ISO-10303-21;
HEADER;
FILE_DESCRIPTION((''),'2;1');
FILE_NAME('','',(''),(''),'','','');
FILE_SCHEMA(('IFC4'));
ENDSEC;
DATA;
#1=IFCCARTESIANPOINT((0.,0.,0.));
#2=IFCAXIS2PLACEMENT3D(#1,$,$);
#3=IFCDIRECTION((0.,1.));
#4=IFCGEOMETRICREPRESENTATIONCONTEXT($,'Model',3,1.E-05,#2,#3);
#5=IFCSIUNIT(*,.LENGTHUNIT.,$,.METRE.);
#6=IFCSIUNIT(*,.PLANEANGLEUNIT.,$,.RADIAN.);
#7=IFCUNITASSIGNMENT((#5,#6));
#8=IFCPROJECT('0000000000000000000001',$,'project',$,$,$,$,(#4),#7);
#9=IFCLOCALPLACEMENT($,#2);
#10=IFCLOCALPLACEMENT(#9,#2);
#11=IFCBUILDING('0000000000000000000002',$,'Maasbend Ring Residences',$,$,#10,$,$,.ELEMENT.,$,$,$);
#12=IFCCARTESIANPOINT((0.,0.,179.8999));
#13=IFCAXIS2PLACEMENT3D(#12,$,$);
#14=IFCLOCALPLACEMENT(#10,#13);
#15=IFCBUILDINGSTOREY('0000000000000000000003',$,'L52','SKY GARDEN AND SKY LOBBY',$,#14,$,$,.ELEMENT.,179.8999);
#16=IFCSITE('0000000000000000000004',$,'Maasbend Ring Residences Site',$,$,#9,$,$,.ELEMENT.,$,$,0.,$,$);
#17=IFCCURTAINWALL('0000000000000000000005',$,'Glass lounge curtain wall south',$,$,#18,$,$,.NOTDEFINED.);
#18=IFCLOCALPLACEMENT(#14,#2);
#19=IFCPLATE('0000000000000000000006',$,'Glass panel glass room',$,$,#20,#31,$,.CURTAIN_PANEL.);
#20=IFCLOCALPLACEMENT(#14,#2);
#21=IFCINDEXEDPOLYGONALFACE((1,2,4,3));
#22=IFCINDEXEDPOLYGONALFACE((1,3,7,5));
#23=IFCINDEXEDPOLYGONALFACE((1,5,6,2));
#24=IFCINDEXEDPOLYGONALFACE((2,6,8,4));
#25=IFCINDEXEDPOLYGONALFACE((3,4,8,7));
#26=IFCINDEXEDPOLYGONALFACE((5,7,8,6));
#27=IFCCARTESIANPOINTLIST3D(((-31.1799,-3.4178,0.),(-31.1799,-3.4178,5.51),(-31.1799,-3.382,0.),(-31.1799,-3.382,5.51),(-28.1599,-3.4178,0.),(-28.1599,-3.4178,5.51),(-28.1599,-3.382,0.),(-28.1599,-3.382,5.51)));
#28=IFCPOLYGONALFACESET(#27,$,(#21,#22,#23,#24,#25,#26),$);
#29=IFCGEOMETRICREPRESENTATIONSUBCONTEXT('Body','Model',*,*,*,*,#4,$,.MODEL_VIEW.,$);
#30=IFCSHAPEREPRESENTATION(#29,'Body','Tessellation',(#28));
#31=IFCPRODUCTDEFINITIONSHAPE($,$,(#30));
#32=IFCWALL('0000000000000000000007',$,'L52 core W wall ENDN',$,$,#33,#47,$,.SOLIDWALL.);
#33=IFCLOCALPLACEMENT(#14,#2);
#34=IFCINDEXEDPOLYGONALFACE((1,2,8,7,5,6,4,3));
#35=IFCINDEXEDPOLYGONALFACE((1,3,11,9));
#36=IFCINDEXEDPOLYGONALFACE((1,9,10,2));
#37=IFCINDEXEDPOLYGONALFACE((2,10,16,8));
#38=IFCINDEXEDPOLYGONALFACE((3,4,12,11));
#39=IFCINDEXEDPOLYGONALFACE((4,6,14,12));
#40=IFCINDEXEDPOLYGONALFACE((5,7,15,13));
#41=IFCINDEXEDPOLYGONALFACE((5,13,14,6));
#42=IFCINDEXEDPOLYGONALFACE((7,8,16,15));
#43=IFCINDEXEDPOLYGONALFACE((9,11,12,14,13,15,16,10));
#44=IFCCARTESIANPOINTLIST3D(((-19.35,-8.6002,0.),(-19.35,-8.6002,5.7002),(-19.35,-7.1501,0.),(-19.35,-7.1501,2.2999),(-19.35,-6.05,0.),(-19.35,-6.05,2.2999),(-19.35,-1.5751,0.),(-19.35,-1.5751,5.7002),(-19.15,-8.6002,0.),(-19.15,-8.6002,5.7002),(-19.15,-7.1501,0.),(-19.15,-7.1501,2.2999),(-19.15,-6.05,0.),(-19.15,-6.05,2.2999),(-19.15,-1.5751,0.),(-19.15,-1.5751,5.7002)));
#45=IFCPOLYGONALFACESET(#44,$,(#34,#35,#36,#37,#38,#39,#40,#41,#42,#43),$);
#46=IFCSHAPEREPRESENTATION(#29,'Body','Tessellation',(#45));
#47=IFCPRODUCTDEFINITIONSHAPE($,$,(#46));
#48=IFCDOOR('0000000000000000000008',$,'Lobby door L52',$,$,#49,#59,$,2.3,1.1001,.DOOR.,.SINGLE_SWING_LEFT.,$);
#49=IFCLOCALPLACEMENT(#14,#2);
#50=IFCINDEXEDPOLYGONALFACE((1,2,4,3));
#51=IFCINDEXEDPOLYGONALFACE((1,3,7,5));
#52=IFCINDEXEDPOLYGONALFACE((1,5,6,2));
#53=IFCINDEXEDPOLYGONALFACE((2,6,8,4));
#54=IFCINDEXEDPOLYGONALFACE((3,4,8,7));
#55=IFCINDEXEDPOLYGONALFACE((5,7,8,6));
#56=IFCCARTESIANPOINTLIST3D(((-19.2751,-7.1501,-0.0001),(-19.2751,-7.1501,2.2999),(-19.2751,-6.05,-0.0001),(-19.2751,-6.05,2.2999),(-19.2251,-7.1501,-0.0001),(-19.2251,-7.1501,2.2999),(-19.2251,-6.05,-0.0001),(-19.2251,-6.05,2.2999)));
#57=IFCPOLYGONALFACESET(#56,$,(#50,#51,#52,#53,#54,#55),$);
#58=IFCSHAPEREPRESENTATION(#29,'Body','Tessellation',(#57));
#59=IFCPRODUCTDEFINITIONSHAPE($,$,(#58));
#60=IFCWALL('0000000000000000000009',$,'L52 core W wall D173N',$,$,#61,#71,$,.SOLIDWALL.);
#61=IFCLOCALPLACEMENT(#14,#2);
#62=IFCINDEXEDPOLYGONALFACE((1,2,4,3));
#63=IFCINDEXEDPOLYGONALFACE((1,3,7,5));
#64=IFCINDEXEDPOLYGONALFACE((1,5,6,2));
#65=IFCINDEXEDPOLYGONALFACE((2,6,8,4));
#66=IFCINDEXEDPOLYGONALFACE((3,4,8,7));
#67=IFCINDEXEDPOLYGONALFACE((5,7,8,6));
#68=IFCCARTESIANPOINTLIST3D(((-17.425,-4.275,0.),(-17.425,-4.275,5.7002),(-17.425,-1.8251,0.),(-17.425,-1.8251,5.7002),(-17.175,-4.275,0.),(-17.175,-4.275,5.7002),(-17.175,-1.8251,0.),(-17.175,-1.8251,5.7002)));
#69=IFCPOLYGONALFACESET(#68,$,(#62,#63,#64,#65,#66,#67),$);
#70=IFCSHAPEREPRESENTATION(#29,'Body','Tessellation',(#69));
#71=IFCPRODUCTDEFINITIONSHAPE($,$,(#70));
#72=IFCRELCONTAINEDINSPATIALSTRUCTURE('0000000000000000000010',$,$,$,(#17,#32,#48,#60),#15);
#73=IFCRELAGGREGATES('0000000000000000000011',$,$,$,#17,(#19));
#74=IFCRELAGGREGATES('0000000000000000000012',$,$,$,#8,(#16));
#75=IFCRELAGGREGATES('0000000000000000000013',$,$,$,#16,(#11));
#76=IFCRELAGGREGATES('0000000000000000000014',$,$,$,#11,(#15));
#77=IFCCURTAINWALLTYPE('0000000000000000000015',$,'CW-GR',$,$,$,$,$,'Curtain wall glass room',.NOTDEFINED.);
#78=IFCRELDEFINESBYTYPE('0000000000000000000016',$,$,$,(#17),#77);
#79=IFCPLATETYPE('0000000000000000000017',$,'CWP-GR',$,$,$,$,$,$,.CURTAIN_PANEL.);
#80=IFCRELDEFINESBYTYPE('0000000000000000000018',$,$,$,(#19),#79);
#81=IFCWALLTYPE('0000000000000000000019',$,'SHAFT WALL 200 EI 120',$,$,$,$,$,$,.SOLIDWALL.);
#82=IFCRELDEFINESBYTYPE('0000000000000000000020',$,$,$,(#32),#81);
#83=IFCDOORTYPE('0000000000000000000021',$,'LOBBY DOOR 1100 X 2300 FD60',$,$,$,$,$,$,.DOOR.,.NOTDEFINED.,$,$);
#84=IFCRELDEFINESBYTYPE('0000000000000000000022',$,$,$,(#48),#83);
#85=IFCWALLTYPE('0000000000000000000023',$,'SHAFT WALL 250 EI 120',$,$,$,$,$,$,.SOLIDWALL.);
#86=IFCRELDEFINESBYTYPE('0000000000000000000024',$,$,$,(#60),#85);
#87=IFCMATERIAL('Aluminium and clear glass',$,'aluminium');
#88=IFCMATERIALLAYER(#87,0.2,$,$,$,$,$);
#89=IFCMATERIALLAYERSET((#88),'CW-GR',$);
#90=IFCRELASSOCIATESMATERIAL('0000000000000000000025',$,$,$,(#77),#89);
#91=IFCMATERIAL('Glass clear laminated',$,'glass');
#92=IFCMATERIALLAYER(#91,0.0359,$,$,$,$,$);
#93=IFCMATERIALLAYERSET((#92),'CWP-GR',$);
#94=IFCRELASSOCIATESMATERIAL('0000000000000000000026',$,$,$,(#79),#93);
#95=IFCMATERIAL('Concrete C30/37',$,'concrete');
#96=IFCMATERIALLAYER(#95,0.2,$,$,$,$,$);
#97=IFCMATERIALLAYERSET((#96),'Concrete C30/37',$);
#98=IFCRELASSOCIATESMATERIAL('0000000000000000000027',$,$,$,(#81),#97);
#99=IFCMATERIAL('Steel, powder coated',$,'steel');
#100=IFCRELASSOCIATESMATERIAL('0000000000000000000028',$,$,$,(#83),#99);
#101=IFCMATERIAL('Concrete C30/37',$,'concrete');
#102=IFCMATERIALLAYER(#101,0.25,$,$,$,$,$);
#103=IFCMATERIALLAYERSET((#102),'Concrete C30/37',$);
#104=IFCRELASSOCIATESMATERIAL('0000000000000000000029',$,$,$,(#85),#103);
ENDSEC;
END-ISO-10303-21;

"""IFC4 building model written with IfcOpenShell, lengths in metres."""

from ifc_helpers import new_model, si_unit, direction, frame, frame_2d, origin, origin_2d, place, context, subcontext, project, spatial, rectangle, extrude, material, layer, layer_set, type_object, element, fill, aggregate, save


model = new_model("IFC4")

# Units and contexts
model_context = context("Model", 3, precision=1e-05, world=origin(), true_north=direction((0.0, 1.0)))
body_context = subcontext(model_context, "Body", "Model", "MODEL_VIEW")
ifc_project = project(units=[si_unit("LENGTHUNIT", "METRE"), si_unit("PLANEANGLEUNIT", "RADIAN")], contexts=[model_context])

# Site, building, storey
site_placement = place(None, origin())
site = spatial("IfcSite", under=ifc_project, at=site_placement, Name="Maasbend Ring Residences Site", CompositionType="ELEMENT", RefElevation=0.0)
building_placement = place(site_placement, origin())
building = spatial("IfcBuilding", under=site, at=building_placement, Name="Maasbend Ring Residences", CompositionType="ELEMENT")
storey_placement = place(building_placement, frame((0.0, 0.0, 179.8999)))
storey = spatial("IfcBuildingStorey", under=building, at=storey_placement, Name="L52", Description="SKY GARDEN AND SKY LOBBY", CompositionType="ELEMENT", Elevation=179.8999)

# Shared definitions
ifc_material_1 = material(Name="Aluminium and clear glass", Category="aluminium")
ifc_layer_1 = layer(ifc_material_1, 0.2)
ifc_layer_set_1 = layer_set([ifc_layer_1], Name="CW-GR")
curtain_wall_type = type_object("IfcCurtainWallType", Name="CW-GR", ElementType="Curtain wall glass room", PredefinedType="NOTDEFINED", material=ifc_layer_set_1)

# Curtain wall
curtain_wall_1_placement = place(storey_placement, origin())
curtain_wall_1 = element("IfcCurtainWall", 1, at=curtain_wall_1_placement, inside=storey, type_object=curtain_wall_type, Name="Glass lounge curtain wall south", PredefinedType="NOTDEFINED")

# Plate
ifc_material_2 = material(Name="Glass clear laminated", Category="glass")
ifc_layer_2 = layer(ifc_material_2, 0.0359)
ifc_layer_set_2 = layer_set([ifc_layer_2], Name="CWP-GR")
plate_type = type_object("IfcPlateType", Name="CWP-GR", PredefinedType="CURTAIN_PANEL", material=ifc_layer_set_2)
plate_1_placement = place(storey_placement, frame((-29.6699, -3.3999, 0.0), z_axis=(0.0, 0.0, 1.0), x_axis=(-1.0, 0.0, 0.0)))
plate_1 = element("IfcPlate", 2, at=plate_1_placement, type_object=plate_type, Name="Glass panel glass room", PredefinedType="CURTAIN_PANEL", context=body_context, shape_type="SweptSolid", body=[
    extrude(rectangle(XDim=3.02, YDim=0.0359, at=origin_2d()), origin(), (0.0, 0.0, 1.0), 5.51),
])
aggregate(curtain_wall_1, [plate_1])

# Wall, opening, door
ifc_material_3 = material(Name="Concrete C30/37", Category="concrete")
ifc_layer_3 = layer(ifc_material_3, 0.2)
ifc_layer_set_3 = layer_set([ifc_layer_3], Name="Concrete C30/37")
wall_type_1 = type_object("IfcWallType", Name="SHAFT WALL 200 EI 120", PredefinedType="SOLIDWALL", material=ifc_layer_set_3)
wall_1_placement = place(storey_placement, frame((-19.25, -1.575, 0.0), z_axis=(0.0, 0.0, 1.0), x_axis=(0.0, -1.0, 0.0)))
wall_1 = element("IfcWall", 3, at=wall_1_placement, inside=storey, type_object=wall_type_1, Name="L52 core W wall ENDN", PredefinedType="SOLIDWALL", context=body_context, shape_type="SweptSolid", body=[
    extrude(rectangle(XDim=7.0251, YDim=0.2, at=frame_2d((3.5127, 0.0))), origin(), (0.0, 0.0, 1.0), 5.7002),
])
opening_placement = place(wall_1_placement, frame((4.4751, 0.0, 0.0)))
opening = element("IfcOpeningElement", 4, at=opening_placement, cuts=wall_1, PredefinedType="OPENING", context=body_context, shape_type="SweptSolid", body=[
    extrude(rectangle(XDim=1.1001, YDim=2.3, at=frame_2d((0.55, 1.1499))), frame((0.0, 0.1099, 0.0), z_axis=(0.0, -1.0, 0.0), x_axis=(1.0, 0.0, 0.0)), (0.0, 0.0, 1.0), 0.22),
])
ifc_material_4 = material(Name="Steel, powder coated", Category="steel")
door_type = type_object("IfcDoorType", Name="LOBBY DOOR 1100 X 2300 FD60", OperationType="NOTDEFINED", PredefinedType="DOOR", material=ifc_material_4)
door_placement = place(opening_placement, origin())
door = element("IfcDoor", 5, at=door_placement, inside=storey, type_object=door_type, Name="Lobby door L52", OperationType="SINGLE_SWING_LEFT", OverallHeight=2.3, OverallWidth=1.1001, PredefinedType="DOOR", context=body_context, shape_type="SweptSolid", body=[
    extrude(rectangle(XDim=1.1001, YDim=2.3, at=frame_2d((0.55, 1.1499))), frame((0.0, 0.0249, 0.0), z_axis=(0.0, -1.0, 0.0), x_axis=(1.0, 0.0, 0.0)), (0.0, 0.0, 1.0), 0.05),
])
fill(opening, door)

# Wall
ifc_material_5 = material(Name="Concrete C30/37", Category="concrete")
ifc_layer_4 = layer(ifc_material_5, 0.25)
ifc_layer_set_4 = layer_set([ifc_layer_4], Name="Concrete C30/37")
wall_type_2 = type_object("IfcWallType", Name="SHAFT WALL 250 EI 120", PredefinedType="SOLIDWALL", material=ifc_layer_set_4)
wall_2_placement = place(storey_placement, frame((-17.3, -1.825, 0.0), z_axis=(0.0, 0.0, 1.0), x_axis=(0.0, -1.0, 0.0)))
element("IfcWall", 6, at=wall_2_placement, inside=storey, type_object=wall_type_2, Name="L52 core W wall D173N", PredefinedType="SOLIDWALL", context=body_context, shape_type="SweptSolid", body=[
    extrude(rectangle(XDim=2.45, YDim=0.25, at=frame_2d((1.2251, 0.0))), origin(), (0.0, 0.0, 1.0), 5.7002),
])

save(model, "model.ifc")
